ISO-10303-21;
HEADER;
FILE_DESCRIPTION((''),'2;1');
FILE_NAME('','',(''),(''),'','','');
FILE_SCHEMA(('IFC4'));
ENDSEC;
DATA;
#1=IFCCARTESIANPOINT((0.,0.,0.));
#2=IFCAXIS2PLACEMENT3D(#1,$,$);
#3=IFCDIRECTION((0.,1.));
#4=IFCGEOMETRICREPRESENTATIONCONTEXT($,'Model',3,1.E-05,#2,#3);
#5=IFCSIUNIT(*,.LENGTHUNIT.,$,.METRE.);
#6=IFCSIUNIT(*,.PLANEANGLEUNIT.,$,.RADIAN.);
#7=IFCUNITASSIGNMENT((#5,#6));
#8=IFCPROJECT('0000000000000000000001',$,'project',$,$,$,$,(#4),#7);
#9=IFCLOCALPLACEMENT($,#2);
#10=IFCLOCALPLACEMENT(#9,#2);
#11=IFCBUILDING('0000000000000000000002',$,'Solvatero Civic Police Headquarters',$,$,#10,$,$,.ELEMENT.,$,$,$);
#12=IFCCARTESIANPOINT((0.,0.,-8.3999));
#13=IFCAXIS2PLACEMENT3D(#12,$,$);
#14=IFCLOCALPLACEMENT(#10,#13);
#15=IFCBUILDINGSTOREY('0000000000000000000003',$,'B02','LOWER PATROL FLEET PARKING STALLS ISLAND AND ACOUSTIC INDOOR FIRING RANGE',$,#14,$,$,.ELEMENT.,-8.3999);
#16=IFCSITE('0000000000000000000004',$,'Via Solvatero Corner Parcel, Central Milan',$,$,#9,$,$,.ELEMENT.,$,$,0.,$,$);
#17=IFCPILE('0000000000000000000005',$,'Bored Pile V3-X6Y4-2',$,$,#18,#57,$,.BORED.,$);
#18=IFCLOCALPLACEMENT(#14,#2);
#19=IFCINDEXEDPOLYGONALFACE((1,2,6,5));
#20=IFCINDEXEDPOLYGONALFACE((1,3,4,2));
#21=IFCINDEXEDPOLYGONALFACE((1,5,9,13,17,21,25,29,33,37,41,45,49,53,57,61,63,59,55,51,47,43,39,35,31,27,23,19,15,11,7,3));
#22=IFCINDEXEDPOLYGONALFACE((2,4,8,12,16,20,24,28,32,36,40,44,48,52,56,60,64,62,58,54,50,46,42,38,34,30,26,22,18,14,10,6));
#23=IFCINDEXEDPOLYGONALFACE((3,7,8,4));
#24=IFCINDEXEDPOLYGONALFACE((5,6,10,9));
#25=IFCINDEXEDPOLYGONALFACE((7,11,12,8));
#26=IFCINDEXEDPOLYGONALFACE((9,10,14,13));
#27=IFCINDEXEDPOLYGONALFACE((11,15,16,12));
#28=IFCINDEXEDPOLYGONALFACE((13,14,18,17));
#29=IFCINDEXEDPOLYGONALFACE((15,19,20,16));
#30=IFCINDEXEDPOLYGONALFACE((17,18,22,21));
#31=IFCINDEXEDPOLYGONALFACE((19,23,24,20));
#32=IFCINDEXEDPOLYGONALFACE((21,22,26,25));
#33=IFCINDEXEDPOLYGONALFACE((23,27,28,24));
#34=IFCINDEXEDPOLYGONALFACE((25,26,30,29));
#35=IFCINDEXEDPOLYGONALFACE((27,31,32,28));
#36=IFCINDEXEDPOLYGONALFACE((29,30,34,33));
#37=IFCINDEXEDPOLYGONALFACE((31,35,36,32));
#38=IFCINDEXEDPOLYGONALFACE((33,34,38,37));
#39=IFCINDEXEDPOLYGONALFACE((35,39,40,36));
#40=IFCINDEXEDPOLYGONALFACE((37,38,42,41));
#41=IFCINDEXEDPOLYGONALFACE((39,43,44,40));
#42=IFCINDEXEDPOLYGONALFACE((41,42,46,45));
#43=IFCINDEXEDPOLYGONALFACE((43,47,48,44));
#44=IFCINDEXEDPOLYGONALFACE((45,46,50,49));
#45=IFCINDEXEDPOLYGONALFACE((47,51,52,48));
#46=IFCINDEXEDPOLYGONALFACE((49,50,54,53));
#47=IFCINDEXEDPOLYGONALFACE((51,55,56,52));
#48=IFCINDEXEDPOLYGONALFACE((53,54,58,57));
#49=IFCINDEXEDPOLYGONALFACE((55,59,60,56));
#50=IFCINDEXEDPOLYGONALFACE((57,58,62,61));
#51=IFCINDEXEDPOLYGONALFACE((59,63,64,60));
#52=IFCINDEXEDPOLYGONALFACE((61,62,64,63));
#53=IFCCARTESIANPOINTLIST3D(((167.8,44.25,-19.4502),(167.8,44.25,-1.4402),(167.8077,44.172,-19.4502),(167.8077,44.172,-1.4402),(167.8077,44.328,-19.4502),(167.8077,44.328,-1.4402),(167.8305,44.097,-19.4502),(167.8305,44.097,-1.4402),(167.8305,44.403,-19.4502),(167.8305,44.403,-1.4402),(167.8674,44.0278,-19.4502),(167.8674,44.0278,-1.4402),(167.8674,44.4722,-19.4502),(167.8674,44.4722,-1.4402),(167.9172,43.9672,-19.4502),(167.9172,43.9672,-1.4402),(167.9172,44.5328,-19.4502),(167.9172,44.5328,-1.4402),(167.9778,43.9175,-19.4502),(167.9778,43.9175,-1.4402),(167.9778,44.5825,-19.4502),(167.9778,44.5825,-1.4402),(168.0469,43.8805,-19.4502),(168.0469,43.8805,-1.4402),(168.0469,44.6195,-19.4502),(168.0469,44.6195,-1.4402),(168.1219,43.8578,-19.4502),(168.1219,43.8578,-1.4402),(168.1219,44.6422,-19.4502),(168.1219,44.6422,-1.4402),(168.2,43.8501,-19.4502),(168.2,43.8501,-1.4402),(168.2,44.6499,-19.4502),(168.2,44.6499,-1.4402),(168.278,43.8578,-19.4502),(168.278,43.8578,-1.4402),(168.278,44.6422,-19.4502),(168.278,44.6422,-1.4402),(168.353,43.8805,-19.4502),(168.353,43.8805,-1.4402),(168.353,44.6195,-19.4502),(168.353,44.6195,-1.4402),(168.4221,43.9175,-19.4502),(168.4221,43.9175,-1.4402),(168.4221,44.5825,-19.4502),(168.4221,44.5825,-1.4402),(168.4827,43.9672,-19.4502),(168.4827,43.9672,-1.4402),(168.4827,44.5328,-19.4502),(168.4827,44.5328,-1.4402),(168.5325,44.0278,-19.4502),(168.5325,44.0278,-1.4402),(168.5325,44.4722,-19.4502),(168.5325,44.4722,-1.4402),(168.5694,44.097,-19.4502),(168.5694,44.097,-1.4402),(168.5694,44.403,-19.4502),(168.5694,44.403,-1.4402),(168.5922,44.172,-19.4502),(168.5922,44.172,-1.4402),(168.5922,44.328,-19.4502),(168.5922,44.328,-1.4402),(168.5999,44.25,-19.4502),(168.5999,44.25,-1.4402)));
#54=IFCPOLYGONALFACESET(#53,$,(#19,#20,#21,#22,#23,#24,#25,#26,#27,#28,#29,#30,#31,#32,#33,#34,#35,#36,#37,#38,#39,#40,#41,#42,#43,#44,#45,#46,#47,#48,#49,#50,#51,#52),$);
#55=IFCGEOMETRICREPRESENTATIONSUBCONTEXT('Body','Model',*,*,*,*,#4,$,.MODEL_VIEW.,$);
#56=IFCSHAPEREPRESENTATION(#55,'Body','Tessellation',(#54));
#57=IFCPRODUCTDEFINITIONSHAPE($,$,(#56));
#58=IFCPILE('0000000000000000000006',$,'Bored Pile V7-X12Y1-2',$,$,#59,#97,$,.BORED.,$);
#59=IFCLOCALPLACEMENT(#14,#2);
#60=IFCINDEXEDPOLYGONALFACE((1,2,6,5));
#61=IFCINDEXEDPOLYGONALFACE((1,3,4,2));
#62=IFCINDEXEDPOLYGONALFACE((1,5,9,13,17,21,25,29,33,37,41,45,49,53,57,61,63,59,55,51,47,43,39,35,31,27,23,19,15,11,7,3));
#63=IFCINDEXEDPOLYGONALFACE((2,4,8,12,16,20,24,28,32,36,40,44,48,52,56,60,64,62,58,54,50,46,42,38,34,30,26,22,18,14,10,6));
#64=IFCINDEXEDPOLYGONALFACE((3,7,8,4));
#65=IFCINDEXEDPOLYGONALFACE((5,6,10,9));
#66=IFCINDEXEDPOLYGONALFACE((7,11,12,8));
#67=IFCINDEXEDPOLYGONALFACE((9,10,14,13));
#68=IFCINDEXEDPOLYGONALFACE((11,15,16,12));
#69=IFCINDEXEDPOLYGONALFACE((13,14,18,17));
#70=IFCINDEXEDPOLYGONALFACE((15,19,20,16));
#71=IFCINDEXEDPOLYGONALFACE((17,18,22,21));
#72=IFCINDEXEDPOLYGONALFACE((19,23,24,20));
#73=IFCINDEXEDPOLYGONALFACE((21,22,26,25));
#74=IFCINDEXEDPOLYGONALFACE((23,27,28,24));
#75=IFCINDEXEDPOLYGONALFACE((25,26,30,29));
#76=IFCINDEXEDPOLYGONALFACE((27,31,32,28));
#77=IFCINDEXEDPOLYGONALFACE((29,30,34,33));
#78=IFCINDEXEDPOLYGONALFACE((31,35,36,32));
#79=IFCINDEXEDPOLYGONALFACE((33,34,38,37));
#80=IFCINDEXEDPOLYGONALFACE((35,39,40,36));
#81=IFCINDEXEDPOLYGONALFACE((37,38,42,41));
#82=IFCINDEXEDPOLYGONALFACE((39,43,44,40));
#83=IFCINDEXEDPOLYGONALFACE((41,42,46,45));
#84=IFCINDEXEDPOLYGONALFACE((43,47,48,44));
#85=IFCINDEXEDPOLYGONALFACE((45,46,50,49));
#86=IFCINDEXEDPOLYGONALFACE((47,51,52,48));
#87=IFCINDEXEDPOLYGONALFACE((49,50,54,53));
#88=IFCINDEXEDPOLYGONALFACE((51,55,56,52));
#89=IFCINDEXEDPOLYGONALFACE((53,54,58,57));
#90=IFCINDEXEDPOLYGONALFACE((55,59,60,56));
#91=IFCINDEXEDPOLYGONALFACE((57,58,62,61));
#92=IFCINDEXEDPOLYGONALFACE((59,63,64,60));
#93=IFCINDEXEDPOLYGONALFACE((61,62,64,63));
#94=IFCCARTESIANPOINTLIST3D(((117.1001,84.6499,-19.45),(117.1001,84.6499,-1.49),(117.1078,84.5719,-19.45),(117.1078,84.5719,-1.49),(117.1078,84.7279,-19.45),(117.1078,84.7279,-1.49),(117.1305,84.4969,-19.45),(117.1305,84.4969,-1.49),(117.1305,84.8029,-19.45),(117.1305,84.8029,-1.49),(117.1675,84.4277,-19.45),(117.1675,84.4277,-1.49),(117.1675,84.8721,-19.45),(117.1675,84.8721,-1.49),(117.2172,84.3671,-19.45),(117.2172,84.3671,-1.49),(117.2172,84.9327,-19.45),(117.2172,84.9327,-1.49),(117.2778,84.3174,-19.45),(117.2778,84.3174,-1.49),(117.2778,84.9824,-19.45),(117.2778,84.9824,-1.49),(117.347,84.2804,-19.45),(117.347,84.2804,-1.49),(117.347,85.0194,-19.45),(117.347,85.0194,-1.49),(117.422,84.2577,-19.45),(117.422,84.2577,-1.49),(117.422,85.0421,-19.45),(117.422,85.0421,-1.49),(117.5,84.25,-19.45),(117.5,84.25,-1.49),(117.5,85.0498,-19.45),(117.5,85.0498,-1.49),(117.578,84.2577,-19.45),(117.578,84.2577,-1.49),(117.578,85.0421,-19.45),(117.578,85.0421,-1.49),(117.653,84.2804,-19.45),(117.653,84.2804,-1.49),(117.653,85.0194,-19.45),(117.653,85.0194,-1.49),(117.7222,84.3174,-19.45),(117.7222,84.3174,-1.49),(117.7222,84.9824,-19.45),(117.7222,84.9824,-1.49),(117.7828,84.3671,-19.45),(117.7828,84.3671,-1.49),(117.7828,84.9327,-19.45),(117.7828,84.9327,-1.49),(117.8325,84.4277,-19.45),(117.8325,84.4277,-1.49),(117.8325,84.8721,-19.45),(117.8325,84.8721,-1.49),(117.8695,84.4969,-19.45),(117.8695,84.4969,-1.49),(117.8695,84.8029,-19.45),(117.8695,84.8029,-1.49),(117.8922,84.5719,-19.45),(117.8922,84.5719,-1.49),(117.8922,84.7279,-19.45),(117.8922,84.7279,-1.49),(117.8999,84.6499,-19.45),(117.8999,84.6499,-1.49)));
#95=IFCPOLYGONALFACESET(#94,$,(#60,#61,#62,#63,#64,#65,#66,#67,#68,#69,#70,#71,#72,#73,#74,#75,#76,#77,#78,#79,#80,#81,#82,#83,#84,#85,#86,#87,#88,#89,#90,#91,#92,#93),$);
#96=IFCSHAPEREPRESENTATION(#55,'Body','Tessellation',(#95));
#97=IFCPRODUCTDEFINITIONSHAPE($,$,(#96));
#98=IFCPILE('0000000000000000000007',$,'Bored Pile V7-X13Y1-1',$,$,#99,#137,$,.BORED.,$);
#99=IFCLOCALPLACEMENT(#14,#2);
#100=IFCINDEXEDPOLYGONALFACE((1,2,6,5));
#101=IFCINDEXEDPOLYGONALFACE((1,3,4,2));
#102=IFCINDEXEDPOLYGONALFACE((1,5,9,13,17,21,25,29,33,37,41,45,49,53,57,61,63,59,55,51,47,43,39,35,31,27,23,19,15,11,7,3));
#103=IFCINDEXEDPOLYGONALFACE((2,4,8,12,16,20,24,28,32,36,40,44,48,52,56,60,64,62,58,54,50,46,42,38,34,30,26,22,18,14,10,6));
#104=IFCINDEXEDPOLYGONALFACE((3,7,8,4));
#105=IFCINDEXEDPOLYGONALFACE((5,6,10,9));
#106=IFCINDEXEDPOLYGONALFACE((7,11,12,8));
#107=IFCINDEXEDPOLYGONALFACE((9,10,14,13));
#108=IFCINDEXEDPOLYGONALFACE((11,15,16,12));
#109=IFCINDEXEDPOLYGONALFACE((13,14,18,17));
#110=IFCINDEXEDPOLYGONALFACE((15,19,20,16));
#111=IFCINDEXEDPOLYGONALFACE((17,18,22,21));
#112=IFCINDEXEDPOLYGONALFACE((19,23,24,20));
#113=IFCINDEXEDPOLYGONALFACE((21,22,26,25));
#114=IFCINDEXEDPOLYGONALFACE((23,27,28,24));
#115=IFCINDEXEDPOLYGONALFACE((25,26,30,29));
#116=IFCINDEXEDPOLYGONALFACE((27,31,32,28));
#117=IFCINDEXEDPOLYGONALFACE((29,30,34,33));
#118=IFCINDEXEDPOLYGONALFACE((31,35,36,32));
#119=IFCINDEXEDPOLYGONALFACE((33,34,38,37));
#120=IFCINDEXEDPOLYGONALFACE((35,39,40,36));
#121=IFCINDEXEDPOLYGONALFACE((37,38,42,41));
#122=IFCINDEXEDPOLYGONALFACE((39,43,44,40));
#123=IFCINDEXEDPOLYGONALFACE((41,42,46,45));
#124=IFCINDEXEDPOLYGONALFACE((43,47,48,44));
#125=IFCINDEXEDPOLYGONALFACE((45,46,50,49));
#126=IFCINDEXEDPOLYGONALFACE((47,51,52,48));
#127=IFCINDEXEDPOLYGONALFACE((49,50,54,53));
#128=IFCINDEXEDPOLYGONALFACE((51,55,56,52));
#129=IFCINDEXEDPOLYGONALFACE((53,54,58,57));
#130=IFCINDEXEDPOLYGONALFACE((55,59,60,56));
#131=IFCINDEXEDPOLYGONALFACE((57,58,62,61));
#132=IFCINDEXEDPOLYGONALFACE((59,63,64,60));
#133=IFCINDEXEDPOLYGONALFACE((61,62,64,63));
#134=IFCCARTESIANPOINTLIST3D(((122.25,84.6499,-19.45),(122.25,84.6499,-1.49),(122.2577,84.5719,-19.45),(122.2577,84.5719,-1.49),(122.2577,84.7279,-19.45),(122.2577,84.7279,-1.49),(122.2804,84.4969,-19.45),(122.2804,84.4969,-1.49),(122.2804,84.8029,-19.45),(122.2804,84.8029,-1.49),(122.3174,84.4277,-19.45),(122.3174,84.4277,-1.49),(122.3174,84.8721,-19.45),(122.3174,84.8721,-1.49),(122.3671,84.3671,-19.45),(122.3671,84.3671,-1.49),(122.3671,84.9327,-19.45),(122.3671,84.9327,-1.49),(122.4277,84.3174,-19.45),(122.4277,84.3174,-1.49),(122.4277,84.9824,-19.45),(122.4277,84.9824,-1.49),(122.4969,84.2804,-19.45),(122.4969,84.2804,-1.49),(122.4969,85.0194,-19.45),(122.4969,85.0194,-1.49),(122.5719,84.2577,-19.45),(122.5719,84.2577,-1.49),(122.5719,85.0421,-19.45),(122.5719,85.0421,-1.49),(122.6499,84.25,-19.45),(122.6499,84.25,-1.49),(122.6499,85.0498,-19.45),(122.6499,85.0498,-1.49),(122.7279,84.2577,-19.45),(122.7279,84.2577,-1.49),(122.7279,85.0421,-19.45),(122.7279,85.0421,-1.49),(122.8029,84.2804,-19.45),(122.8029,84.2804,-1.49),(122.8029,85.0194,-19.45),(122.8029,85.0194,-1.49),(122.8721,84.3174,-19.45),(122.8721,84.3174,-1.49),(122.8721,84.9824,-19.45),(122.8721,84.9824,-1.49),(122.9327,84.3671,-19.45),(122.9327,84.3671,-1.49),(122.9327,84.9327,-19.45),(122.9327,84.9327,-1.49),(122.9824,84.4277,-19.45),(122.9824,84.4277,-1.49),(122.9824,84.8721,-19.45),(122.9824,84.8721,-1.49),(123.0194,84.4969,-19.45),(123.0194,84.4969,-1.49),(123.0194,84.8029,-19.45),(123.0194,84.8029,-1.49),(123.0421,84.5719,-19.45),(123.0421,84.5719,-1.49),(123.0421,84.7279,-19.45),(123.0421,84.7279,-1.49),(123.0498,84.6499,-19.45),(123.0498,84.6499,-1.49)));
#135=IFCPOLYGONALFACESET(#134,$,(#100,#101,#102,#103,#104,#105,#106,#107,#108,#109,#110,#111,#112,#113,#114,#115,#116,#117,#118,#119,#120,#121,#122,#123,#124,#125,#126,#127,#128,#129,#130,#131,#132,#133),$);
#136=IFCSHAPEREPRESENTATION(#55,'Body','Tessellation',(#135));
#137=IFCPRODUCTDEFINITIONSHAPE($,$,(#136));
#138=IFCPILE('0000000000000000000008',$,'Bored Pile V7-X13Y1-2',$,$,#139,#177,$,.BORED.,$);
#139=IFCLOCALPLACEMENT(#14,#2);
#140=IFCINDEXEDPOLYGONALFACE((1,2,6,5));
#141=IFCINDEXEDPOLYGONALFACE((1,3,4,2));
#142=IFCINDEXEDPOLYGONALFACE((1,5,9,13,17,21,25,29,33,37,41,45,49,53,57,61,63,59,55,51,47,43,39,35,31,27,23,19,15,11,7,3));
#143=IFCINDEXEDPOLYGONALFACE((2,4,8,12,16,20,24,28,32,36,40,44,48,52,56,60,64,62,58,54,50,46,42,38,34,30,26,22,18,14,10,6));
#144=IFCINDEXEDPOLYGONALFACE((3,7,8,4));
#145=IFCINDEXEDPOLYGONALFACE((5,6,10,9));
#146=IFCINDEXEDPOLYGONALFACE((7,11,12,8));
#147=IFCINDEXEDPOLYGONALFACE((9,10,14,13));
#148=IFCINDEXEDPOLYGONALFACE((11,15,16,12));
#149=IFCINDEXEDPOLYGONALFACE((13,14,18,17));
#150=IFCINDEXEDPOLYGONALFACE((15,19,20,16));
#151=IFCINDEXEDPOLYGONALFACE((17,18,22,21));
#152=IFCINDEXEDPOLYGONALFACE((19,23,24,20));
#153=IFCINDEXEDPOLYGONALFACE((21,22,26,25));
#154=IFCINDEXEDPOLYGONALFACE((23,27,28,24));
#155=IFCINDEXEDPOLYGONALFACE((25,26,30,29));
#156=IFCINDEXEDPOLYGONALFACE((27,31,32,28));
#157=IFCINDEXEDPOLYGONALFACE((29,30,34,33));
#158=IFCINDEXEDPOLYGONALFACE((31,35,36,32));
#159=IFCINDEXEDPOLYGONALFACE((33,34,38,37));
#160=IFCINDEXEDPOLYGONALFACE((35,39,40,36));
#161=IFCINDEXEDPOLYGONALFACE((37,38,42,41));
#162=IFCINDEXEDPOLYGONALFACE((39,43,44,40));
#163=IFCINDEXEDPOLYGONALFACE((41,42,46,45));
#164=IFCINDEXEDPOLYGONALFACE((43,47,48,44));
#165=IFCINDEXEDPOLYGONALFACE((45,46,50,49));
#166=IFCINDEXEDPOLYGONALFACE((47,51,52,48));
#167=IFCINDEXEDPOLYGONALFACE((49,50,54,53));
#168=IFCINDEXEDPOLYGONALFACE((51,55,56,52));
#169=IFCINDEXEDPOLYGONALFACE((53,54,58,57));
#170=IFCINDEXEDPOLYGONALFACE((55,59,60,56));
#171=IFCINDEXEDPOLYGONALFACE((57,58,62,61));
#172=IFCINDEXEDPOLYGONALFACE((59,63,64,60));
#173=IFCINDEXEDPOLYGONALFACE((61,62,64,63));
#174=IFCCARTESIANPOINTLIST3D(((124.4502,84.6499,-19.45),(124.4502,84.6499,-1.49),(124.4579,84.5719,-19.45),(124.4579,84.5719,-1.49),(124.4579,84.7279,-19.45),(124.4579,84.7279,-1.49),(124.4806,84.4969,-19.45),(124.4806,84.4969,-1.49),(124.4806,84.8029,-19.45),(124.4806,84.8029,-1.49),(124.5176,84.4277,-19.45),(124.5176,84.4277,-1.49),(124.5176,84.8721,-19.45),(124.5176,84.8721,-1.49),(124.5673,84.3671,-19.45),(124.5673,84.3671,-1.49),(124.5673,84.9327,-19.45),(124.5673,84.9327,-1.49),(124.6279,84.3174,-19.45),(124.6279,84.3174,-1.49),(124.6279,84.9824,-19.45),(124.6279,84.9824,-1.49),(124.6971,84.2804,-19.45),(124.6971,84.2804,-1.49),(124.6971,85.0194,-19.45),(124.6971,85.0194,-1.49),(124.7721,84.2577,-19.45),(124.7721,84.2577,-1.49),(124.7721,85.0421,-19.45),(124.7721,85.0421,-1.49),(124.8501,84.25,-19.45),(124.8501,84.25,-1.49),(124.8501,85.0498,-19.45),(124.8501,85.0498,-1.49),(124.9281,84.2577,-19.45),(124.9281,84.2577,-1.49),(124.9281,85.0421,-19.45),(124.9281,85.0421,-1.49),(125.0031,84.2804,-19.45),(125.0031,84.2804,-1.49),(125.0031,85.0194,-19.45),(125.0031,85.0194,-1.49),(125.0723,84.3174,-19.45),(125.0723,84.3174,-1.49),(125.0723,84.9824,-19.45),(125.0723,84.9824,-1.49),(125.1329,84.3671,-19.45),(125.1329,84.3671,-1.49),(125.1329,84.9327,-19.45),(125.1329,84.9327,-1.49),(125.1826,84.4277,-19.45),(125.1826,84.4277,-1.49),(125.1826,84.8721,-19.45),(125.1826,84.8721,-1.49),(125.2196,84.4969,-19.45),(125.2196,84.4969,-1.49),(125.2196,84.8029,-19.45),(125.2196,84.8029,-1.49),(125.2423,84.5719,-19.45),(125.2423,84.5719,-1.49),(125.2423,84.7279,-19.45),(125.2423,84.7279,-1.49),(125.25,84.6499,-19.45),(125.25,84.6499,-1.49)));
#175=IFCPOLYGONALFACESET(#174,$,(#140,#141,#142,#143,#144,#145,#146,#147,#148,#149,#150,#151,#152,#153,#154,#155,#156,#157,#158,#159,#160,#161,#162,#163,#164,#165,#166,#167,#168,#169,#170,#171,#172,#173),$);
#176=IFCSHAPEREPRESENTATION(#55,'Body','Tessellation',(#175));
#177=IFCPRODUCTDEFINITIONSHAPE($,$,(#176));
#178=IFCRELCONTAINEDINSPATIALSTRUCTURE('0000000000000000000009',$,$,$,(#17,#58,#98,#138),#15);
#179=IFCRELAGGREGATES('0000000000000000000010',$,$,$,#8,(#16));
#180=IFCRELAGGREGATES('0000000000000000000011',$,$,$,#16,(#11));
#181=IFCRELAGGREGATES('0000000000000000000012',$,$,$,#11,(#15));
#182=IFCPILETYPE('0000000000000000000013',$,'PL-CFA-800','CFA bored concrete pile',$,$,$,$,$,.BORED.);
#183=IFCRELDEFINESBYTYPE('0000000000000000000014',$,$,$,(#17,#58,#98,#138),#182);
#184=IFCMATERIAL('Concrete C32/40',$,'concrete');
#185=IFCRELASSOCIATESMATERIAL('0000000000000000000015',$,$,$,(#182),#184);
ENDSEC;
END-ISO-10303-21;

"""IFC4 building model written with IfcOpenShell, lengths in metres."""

from ifc_helpers import new_model, si_unit, direction, frame, origin, origin_2d, place, context, subcontext, project, spatial, circle, extrude, material, material_profile, profile_set, type_object, element, save


model = new_model("IFC4")

# Units and contexts
model_context = context("Model", 3, precision=1e-05, world=origin(), true_north=direction((0.0, 1.0)))
body_context = subcontext(model_context, "Body", "Model", "MODEL_VIEW")
ifc_project = project(units=[si_unit("LENGTHUNIT", "METRE"), si_unit("PLANEANGLEUNIT", "RADIAN")], contexts=[model_context])

# Site, building, storey
site_placement = place(None, origin())
site = spatial("IfcSite", under=ifc_project, at=site_placement, Name="Via Solvatero Corner Parcel, Central Milan", CompositionType="ELEMENT", RefElevation=0.0)
building_placement = place(site_placement, origin())
building = spatial("IfcBuilding", under=site, at=building_placement, Name="Solvatero Civic Police Headquarters", CompositionType="ELEMENT")
storey_placement = place(building_placement, frame((0.0, 0.0, -8.3999)))
storey = spatial("IfcBuildingStorey", under=building, at=storey_placement, Name="B02", Description="LOWER PATROL FLEET PARKING STALLS ISLAND AND ACOUSTIC INDOOR FIRING RANGE", CompositionType="ELEMENT", Elevation=-8.3999)

# Piles
ifc_material_1 = material(Name="Concrete C32/40", Category="concrete")
ifc_material_profile_1 = material_profile(ifc_material_1, circle(Radius=0.3999, at=origin_2d()), Name="CFA PILE D800")
ifc_profile_set_1 = profile_set([ifc_material_profile_1], Name="Concrete C32/40")
pile_type = type_object("IfcPileType", Name="PL-CFA-800", Description="CFA bored concrete pile", PredefinedType="BORED", material=ifc_profile_set_1)
pile_1_placement = place(storey_placement, frame((168.2, 44.25, -1.4402), z_axis=(0.0, 0.0, -1.0), x_axis=(1.0, 0.0, 0.0)))
element("IfcPile", 1, at=pile_1_placement, inside=storey, type_object=pile_type, Name="Bored Pile V3-X6Y4-2", PredefinedType="BORED", context=body_context, shape_type="SweptSolid", body=[
    extrude(circle(Radius=0.3999, at=origin_2d()), origin(), (0.0, 0.0, 1.0), 18.01),
])
for number, where, z_axis, x_axis, name in (
    (2, (117.5, 84.6499, -1.49), (0.0, 0.0, -1.0), (1.0, 0.0, 0.0), "Bored Pile V7-X12Y1-2"),
    (3, (122.6499, 84.6499, -1.49), (0.0, 0.0, -1.0), (1.0, 0.0, 0.0), "Bored Pile V7-X13Y1-1"),
    (4, (124.8501, 84.6499, -1.49), (0.0, 0.0, -1.0), (1.0, 0.0, 0.0), "Bored Pile V7-X13Y1-2"),
):
    element("IfcPile", number, at=place(storey_placement, frame(where, z_axis=z_axis, x_axis=x_axis)), inside=storey, type_object=pile_type, Name=name, PredefinedType="BORED", context=body_context, shape_type="SweptSolid", body=[
        extrude(circle(Radius=0.3999, at=origin_2d()), origin(), (0.0, 0.0, 1.0), 17.96),
    ])

save(model, "model.ifc")
